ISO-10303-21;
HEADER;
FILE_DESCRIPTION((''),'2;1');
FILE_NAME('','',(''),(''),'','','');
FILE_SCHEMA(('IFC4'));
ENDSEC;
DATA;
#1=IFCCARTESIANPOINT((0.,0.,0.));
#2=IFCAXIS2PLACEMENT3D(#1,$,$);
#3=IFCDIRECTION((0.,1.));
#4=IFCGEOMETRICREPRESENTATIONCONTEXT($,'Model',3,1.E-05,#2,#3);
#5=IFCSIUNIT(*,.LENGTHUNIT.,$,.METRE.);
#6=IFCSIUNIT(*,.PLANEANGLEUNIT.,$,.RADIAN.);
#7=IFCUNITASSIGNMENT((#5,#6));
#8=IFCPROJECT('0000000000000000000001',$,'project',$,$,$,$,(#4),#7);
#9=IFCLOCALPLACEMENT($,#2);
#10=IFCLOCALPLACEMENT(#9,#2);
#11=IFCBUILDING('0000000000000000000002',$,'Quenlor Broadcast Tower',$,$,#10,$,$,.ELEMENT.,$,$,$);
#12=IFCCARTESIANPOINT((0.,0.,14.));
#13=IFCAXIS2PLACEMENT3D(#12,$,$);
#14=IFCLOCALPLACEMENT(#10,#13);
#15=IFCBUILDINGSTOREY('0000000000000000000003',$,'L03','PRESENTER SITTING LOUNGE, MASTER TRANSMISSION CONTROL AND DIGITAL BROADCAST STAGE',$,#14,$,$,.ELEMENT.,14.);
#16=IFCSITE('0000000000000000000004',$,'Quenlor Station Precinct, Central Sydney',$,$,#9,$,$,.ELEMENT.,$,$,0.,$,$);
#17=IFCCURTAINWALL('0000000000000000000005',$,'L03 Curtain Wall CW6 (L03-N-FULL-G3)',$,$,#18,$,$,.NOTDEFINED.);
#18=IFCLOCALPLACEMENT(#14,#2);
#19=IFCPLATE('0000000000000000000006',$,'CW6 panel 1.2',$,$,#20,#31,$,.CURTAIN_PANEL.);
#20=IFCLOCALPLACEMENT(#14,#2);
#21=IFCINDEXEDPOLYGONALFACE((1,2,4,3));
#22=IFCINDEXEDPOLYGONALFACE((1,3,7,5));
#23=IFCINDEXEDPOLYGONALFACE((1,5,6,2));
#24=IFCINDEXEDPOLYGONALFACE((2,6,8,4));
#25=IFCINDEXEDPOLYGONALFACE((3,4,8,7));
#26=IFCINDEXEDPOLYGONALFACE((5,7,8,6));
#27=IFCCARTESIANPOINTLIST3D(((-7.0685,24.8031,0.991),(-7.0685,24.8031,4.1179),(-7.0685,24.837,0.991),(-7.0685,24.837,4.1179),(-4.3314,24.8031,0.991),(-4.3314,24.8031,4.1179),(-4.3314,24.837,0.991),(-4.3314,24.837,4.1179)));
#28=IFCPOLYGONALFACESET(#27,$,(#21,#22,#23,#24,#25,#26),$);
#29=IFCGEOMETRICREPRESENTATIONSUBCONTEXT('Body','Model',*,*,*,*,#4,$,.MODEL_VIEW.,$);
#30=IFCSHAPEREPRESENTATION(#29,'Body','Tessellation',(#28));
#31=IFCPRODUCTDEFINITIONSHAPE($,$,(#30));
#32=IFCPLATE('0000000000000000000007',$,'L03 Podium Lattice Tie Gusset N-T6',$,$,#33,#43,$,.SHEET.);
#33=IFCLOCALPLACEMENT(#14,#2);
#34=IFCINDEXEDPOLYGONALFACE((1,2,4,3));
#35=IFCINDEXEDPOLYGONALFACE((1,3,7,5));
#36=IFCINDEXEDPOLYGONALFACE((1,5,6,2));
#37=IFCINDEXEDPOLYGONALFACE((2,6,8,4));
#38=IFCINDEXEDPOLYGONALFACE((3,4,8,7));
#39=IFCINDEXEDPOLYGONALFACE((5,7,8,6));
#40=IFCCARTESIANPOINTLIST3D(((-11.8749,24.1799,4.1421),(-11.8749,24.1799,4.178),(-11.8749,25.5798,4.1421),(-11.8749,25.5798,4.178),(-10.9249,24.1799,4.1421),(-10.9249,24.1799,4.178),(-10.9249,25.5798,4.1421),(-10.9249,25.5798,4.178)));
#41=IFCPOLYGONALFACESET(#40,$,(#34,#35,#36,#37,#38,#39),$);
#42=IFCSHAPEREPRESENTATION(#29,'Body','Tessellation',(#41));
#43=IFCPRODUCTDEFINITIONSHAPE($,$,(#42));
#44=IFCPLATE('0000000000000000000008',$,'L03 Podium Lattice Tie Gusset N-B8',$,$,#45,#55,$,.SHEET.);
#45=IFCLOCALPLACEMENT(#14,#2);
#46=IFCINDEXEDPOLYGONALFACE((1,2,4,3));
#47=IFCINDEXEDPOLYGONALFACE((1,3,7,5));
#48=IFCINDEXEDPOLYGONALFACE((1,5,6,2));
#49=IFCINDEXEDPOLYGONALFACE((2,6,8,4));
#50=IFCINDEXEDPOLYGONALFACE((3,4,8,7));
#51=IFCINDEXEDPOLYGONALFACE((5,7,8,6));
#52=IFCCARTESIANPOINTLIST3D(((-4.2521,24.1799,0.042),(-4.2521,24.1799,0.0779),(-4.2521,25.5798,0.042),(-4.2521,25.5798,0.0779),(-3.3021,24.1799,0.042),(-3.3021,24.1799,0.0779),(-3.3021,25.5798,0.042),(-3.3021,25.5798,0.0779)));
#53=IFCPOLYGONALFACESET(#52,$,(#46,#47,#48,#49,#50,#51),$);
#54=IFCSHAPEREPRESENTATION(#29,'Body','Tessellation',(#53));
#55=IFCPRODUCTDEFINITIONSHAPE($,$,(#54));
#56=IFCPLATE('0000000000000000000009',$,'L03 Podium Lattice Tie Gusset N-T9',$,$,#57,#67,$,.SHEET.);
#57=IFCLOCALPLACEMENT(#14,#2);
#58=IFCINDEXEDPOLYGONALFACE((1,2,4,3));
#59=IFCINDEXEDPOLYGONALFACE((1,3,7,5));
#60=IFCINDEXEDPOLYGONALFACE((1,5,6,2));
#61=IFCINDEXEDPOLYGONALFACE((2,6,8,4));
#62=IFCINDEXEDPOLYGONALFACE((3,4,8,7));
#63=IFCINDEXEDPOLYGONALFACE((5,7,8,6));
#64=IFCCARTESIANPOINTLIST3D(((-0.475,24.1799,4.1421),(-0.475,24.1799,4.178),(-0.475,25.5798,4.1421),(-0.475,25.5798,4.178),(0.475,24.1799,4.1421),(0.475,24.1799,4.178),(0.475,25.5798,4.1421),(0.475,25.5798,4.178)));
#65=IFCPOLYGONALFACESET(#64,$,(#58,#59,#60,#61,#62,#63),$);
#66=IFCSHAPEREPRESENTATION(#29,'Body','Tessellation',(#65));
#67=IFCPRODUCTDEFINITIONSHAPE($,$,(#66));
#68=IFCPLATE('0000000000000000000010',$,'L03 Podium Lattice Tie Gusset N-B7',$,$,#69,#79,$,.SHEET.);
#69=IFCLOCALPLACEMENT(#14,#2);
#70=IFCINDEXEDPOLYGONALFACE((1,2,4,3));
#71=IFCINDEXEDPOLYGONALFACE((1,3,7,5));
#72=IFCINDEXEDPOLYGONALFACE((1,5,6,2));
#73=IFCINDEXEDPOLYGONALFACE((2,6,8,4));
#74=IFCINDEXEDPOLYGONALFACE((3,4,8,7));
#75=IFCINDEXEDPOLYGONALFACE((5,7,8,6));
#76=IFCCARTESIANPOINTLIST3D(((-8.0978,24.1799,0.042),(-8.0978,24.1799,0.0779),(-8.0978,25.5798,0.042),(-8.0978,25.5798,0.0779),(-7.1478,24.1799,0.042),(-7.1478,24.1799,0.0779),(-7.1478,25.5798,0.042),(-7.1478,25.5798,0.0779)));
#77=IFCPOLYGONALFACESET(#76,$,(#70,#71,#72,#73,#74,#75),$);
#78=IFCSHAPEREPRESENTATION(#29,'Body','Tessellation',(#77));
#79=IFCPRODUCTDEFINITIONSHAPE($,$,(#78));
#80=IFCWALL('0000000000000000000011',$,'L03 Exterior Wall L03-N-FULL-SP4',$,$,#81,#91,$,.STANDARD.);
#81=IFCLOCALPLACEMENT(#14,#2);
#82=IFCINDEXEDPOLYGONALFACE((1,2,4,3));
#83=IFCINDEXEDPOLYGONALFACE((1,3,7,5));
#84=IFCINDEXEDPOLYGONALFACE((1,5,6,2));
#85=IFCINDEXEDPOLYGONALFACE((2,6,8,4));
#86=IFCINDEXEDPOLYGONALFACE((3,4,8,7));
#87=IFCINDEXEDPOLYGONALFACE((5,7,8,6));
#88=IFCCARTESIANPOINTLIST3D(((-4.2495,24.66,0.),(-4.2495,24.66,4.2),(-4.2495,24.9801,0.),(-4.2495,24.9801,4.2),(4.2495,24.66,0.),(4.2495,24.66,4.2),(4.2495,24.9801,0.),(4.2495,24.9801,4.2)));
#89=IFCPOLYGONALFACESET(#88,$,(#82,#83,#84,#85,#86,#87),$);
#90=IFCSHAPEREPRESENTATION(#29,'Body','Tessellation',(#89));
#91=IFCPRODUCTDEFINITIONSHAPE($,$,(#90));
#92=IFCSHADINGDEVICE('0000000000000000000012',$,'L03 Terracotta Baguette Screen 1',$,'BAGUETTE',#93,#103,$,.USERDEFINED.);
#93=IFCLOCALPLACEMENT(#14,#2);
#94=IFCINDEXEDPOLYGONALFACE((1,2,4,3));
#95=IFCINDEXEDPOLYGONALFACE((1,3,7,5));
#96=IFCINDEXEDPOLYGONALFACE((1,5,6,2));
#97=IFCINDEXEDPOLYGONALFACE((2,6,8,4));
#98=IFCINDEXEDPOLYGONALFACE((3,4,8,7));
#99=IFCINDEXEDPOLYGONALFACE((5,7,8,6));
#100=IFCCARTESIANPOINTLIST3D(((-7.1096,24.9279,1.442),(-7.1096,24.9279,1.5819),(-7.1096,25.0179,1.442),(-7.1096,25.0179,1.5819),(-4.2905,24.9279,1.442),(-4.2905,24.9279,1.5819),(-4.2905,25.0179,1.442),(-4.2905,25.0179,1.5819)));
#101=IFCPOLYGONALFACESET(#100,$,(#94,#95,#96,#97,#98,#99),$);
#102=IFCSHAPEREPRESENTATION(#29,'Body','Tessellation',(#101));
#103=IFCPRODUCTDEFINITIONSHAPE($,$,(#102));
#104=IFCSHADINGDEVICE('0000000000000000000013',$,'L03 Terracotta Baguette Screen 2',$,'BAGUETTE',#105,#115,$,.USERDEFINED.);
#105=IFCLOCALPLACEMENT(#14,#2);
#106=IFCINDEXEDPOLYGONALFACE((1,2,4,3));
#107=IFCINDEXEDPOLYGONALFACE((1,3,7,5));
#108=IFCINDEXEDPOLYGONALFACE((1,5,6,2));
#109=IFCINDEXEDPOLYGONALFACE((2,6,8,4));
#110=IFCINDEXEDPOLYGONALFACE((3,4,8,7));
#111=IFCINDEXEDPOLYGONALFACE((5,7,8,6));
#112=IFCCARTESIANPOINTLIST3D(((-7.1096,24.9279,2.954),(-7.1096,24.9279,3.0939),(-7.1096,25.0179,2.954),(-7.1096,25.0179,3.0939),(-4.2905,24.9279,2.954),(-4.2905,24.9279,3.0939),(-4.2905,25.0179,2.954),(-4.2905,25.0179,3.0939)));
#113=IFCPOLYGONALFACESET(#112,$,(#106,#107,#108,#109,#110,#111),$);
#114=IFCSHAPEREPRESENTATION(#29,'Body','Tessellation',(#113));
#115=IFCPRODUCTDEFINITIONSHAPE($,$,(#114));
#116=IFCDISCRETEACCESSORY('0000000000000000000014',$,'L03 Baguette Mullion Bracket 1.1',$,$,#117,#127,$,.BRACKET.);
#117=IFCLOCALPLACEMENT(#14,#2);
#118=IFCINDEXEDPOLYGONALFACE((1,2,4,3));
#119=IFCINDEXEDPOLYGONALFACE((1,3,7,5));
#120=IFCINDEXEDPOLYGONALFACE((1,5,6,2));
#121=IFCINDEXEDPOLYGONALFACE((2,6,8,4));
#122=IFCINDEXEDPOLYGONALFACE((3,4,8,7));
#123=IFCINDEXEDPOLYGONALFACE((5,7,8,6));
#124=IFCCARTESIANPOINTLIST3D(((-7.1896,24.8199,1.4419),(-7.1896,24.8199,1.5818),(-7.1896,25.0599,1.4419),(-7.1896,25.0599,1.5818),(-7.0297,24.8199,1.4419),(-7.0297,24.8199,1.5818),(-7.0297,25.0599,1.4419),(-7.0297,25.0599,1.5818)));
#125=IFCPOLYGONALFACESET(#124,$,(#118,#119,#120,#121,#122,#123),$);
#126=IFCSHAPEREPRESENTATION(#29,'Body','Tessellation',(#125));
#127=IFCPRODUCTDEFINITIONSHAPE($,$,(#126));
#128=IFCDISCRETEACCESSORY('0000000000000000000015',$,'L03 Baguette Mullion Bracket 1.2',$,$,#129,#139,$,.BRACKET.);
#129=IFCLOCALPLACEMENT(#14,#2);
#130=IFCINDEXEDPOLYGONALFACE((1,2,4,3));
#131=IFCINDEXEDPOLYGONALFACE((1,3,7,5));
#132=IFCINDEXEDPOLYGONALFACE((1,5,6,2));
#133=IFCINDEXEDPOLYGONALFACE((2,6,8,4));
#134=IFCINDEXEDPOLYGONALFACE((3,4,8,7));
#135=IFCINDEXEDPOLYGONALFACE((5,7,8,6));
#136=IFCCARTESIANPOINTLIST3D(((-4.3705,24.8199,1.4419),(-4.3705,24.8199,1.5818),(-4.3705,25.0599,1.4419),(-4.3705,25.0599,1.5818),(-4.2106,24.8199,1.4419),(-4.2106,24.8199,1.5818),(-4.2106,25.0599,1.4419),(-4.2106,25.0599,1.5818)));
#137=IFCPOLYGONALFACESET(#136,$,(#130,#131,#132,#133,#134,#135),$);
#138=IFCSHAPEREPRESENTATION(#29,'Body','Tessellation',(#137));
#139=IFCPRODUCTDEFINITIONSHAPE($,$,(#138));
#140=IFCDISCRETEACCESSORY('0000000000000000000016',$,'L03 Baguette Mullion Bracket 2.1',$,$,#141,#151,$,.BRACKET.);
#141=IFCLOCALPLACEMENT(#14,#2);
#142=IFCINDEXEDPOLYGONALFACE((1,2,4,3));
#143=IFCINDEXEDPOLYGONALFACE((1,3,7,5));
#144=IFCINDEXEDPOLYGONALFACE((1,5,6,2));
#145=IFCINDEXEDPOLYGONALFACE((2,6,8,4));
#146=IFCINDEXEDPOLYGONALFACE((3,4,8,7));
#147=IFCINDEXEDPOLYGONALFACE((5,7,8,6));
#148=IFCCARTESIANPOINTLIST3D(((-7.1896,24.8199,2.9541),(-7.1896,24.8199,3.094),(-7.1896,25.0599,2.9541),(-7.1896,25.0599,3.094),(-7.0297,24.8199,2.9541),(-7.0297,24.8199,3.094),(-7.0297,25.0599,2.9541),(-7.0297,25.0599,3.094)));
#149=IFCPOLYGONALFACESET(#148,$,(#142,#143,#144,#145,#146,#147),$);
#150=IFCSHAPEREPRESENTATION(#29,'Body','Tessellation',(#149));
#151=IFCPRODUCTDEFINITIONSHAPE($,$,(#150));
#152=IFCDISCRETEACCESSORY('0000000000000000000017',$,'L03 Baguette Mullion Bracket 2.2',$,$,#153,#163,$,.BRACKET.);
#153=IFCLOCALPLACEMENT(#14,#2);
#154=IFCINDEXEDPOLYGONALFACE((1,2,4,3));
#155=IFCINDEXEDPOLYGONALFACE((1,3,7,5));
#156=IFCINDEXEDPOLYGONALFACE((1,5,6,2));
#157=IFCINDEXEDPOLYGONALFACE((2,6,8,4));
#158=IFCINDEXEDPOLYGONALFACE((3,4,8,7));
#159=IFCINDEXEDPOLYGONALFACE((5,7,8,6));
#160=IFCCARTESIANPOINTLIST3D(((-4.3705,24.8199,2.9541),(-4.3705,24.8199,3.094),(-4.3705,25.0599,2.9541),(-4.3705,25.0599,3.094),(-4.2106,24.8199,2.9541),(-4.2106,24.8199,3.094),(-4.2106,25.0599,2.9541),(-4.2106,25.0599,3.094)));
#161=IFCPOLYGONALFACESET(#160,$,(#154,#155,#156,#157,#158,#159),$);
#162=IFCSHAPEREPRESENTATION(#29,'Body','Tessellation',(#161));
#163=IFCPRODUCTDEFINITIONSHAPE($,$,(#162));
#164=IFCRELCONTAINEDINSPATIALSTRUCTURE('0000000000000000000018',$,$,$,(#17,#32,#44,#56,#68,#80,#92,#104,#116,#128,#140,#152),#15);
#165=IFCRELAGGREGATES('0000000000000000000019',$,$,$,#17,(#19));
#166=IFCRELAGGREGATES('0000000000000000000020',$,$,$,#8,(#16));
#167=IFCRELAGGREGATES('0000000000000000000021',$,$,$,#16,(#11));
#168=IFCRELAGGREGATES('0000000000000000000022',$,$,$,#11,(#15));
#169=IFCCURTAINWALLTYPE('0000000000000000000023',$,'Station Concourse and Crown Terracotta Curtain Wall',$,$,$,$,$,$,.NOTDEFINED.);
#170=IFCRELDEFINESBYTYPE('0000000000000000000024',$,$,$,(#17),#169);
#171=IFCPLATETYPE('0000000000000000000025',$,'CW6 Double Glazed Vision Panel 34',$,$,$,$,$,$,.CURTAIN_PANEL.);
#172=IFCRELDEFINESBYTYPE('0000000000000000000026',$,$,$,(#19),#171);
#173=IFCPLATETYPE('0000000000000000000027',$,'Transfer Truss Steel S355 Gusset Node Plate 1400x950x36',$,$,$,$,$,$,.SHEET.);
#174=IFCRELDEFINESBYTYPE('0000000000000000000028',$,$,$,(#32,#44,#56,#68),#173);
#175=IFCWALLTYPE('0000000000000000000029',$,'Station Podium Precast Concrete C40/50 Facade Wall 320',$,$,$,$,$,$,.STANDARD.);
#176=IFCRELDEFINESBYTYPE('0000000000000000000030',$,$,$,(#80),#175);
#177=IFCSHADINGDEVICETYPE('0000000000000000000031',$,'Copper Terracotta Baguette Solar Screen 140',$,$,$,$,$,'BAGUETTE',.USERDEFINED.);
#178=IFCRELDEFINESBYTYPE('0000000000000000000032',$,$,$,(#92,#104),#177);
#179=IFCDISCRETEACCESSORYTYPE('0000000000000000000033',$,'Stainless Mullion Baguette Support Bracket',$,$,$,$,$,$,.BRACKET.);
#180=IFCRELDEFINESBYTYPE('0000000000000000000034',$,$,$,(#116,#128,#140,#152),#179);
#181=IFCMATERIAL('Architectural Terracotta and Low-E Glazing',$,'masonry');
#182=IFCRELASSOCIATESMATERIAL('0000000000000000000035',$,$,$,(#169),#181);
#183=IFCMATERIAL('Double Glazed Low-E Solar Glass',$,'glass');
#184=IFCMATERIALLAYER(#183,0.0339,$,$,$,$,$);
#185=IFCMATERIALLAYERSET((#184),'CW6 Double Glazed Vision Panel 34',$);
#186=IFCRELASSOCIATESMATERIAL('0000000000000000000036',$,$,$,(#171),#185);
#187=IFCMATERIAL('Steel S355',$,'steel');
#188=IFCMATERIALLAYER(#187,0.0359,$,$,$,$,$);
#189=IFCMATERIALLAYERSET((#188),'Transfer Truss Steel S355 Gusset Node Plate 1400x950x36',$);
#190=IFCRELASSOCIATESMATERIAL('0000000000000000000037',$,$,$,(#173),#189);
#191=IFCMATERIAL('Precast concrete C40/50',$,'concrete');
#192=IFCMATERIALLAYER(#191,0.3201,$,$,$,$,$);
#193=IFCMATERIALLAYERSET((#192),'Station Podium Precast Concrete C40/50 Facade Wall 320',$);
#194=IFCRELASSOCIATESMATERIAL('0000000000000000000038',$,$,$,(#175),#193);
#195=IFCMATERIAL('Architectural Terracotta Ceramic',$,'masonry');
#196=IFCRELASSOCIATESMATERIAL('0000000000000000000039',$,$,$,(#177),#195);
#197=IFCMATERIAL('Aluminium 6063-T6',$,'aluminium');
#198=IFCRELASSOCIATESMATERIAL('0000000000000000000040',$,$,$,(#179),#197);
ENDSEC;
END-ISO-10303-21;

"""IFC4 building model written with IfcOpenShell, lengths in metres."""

from ifc_helpers import new_model, si_unit, direction, frame, frame_2d, origin, origin_2d, place, context, subcontext, project, spatial, rectangle, extrude, material, layer, layer_set, material_profile, profile_set, type_object, element, aggregate, save


model = new_model("IFC4")

# Units and contexts
model_context = context("Model", 3, precision=1e-05, world=origin(), true_north=direction((0.0, 1.0)))
body_context = subcontext(model_context, "Body", "Model", "MODEL_VIEW")
ifc_project = project(units=[si_unit("LENGTHUNIT", "METRE"), si_unit("PLANEANGLEUNIT", "RADIAN")], contexts=[model_context])

# Site, building, storey
site_placement = place(None, origin())
site = spatial("IfcSite", under=ifc_project, at=site_placement, Name="Quenlor Station Precinct, Central Sydney", CompositionType="ELEMENT", RefElevation=0.0)
building_placement = place(site_placement, origin())
building = spatial("IfcBuilding", under=site, at=building_placement, Name="Quenlor Broadcast Tower", CompositionType="ELEMENT")
storey_placement = place(building_placement, frame((0.0, 0.0, 14.0)))
storey = spatial("IfcBuildingStorey", under=building, at=storey_placement, Name="L03", Description="PRESENTER SITTING LOUNGE, MASTER TRANSMISSION CONTROL AND DIGITAL BROADCAST STAGE", CompositionType="ELEMENT", Elevation=14.0)

# Curtain wall
ifc_material_1 = material(Name="Architectural Terracotta and Low-E Glazing", Category="masonry")
curtain_wall_type = type_object("IfcCurtainWallType", Name="Station Concourse and Crown Terracotta Curtain Wall", PredefinedType="NOTDEFINED", material=ifc_material_1)
curtain_wall_placement = place(storey_placement, origin())
curtain_wall = element("IfcCurtainWall", 1, at=curtain_wall_placement, inside=storey, type_object=curtain_wall_type, Name="L03 Curtain Wall CW6 (L03-N-FULL-G3)", PredefinedType="NOTDEFINED")

# Plate
ifc_material_2 = material(Name="Double Glazed Low-E Solar Glass", Category="glass")
ifc_layer_1 = layer(ifc_material_2, 0.0339)
ifc_layer_set_1 = layer_set([ifc_layer_1], Name="CW6 Double Glazed Vision Panel 34")
plate_type_1 = type_object("IfcPlateType", Name="CW6 Double Glazed Vision Panel 34", PredefinedType="CURTAIN_PANEL", material=ifc_layer_set_1)
plate_1_placement = place(storey_placement, frame((-5.7, 24.8201, 0.991), z_axis=(0.0, 0.0, 1.0), x_axis=(1.0, 0.0, 0.0)))
plate_1 = element("IfcPlate", 2, at=plate_1_placement, type_object=plate_type_1, Name="CW6 panel 1.2", PredefinedType="CURTAIN_PANEL", context=body_context, shape_type="SweptSolid", body=[
    extrude(rectangle(XDim=2.7371, YDim=0.0339, at=origin_2d()), origin(), (0.0, 0.0, 1.0), 3.127),
])
aggregate(curtain_wall, [plate_1])

# Plates
ifc_material_3 = material(Name="Steel S355", Category="steel")
ifc_layer_2 = layer(ifc_material_3, 0.0359)
ifc_layer_set_2 = layer_set([ifc_layer_2], Name="Transfer Truss Steel S355 Gusset Node Plate 1400x950x36")
plate_type_2 = type_object("IfcPlateType", Name="Transfer Truss Steel S355 Gusset Node Plate 1400x950x36", PredefinedType="SHEET", material=ifc_layer_set_2)
for number, where, z_axis, x_axis, name in (
    (3, (-11.3999, 24.8799, 4.1421), (0.0, 0.0, 1.0), (0.0, 1.0, 0.0), "L03 Podium Lattice Tie Gusset N-T6"),
    (4, (-3.7771, 24.8799, 0.042), (0.0, 0.0, 1.0), (0.0, 1.0, 0.0), "L03 Podium Lattice Tie Gusset N-B8"),
    (5, (0.0, 24.8799, 4.1421), (0.0, 0.0, 1.0), (0.0, 1.0, 0.0), "L03 Podium Lattice Tie Gusset N-T9"),
    (6, (-7.6228, 24.8799, 0.042), (0.0, 0.0, 1.0), (0.0, 1.0, 0.0), "L03 Podium Lattice Tie Gusset N-B7"),
):
    element("IfcPlate", number, at=place(storey_placement, frame(where, z_axis=z_axis, x_axis=x_axis)), inside=storey, type_object=plate_type_2, Name=name, PredefinedType="SHEET", context=body_context, shape_type="SweptSolid", body=[
        extrude(rectangle(XDim=1.3999, YDim=0.95, at=origin_2d()), origin(), (0.0, 0.0, 1.0), 0.0359),
    ])

# Wall
ifc_material_4 = material(Name="Precast concrete C40/50", Category="concrete")
ifc_layer_3 = layer(ifc_material_4, 0.3201)
ifc_layer_set_3 = layer_set([ifc_layer_3], Name="Station Podium Precast Concrete C40/50 Facade Wall 320")
wall_type = type_object("IfcWallType", Name="Station Podium Precast Concrete C40/50 Facade Wall 320", PredefinedType="STANDARD", material=ifc_layer_set_3)
wall_placement = place(storey_placement, frame((-4.2495, 24.8201, 0.0), z_axis=(0.0, 0.0, 1.0), x_axis=(1.0, 0.0, 0.0)))
element("IfcWall", 7, at=wall_placement, inside=storey, type_object=wall_type, Name="L03 Exterior Wall L03-N-FULL-SP4", PredefinedType="STANDARD", context=body_context, shape_type="SweptSolid", body=[
    extrude(rectangle(XDim=8.499, YDim=0.3201, at=frame_2d((4.2495, 0.0))), origin(), (0.0, 0.0, 1.0), 4.2),
])

# Shading devices
ifc_material_5 = material(Name="Architectural Terracotta Ceramic", Category="masonry")
ifc_material_profile_1 = material_profile(ifc_material_5, rectangle(XDim=0.0901, YDim=0.1399, at=origin_2d()))
ifc_profile_set_1 = profile_set([ifc_material_profile_1], Name="Architectural Terracotta Ceramic BAG90x140")
shading_device_type = type_object("IfcShadingDeviceType", Name="Copper Terracotta Baguette Solar Screen 140", ElementType="BAGUETTE", PredefinedType="USERDEFINED", material=ifc_profile_set_1)
for number, where, z_axis, x_axis, name in (
    (8, (-7.1096, 24.9729, 1.512), (1.0, 0.0, 0.0), (0.0, 1.0, 0.0), "L03 Terracotta Baguette Screen 1"),
    (9, (-7.1096, 24.9729, 3.0239), (1.0, 0.0, 0.0), (0.0, 1.0, 0.0), "L03 Terracotta Baguette Screen 2"),
):
    element("IfcShadingDevice", number, at=place(storey_placement, frame(where, z_axis=z_axis, x_axis=x_axis)), inside=storey, type_object=shading_device_type, Name=name, ObjectType="BAGUETTE", PredefinedType="USERDEFINED", context=body_context, shape_type="SweptSolid", body=[
        extrude(rectangle(XDim=0.0901, YDim=0.1399, at=origin_2d()), origin(), (0.0, 0.0, 1.0), 2.8191),
    ])

# Discrete accessories
ifc_material_6 = material(Name="Aluminium 6063-T6", Category="aluminium")
discrete_accessory_type = type_object("IfcDiscreteAccessoryType", Name="Stainless Mullion Baguette Support Bracket", PredefinedType="BRACKET", material=ifc_material_6)
for number, where, z_axis, x_axis, name in (
    (10, (-7.1096, 24.9399, 1.4419), (0.0, 0.0, 1.0), (1.0, 0.0, 0.0), "L03 Baguette Mullion Bracket 1.1"),
    (11, (-4.2905, 24.9399, 1.4419), (0.0, 0.0, 1.0), (1.0, 0.0, 0.0), "L03 Baguette Mullion Bracket 1.2"),
    (12, (-7.1096, 24.9399, 2.9541), (0.0, 0.0, 1.0), (1.0, 0.0, 0.0), "L03 Baguette Mullion Bracket 2.1"),
    (13, (-4.2905, 24.9399, 2.9541), (0.0, 0.0, 1.0), (1.0, 0.0, 0.0), "L03 Baguette Mullion Bracket 2.2"),
):
    element("IfcDiscreteAccessory", number, at=place(storey_placement, frame(where, z_axis=z_axis, x_axis=x_axis)), inside=storey, type_object=discrete_accessory_type, Name=name, PredefinedType="BRACKET", context=body_context, shape_type="SweptSolid", body=[
        extrude(rectangle(XDim=0.1599, YDim=0.24, at=origin_2d()), origin(), (0.0, 0.0, 1.0), 0.1399),
    ])

save(model, "model.ifc")
